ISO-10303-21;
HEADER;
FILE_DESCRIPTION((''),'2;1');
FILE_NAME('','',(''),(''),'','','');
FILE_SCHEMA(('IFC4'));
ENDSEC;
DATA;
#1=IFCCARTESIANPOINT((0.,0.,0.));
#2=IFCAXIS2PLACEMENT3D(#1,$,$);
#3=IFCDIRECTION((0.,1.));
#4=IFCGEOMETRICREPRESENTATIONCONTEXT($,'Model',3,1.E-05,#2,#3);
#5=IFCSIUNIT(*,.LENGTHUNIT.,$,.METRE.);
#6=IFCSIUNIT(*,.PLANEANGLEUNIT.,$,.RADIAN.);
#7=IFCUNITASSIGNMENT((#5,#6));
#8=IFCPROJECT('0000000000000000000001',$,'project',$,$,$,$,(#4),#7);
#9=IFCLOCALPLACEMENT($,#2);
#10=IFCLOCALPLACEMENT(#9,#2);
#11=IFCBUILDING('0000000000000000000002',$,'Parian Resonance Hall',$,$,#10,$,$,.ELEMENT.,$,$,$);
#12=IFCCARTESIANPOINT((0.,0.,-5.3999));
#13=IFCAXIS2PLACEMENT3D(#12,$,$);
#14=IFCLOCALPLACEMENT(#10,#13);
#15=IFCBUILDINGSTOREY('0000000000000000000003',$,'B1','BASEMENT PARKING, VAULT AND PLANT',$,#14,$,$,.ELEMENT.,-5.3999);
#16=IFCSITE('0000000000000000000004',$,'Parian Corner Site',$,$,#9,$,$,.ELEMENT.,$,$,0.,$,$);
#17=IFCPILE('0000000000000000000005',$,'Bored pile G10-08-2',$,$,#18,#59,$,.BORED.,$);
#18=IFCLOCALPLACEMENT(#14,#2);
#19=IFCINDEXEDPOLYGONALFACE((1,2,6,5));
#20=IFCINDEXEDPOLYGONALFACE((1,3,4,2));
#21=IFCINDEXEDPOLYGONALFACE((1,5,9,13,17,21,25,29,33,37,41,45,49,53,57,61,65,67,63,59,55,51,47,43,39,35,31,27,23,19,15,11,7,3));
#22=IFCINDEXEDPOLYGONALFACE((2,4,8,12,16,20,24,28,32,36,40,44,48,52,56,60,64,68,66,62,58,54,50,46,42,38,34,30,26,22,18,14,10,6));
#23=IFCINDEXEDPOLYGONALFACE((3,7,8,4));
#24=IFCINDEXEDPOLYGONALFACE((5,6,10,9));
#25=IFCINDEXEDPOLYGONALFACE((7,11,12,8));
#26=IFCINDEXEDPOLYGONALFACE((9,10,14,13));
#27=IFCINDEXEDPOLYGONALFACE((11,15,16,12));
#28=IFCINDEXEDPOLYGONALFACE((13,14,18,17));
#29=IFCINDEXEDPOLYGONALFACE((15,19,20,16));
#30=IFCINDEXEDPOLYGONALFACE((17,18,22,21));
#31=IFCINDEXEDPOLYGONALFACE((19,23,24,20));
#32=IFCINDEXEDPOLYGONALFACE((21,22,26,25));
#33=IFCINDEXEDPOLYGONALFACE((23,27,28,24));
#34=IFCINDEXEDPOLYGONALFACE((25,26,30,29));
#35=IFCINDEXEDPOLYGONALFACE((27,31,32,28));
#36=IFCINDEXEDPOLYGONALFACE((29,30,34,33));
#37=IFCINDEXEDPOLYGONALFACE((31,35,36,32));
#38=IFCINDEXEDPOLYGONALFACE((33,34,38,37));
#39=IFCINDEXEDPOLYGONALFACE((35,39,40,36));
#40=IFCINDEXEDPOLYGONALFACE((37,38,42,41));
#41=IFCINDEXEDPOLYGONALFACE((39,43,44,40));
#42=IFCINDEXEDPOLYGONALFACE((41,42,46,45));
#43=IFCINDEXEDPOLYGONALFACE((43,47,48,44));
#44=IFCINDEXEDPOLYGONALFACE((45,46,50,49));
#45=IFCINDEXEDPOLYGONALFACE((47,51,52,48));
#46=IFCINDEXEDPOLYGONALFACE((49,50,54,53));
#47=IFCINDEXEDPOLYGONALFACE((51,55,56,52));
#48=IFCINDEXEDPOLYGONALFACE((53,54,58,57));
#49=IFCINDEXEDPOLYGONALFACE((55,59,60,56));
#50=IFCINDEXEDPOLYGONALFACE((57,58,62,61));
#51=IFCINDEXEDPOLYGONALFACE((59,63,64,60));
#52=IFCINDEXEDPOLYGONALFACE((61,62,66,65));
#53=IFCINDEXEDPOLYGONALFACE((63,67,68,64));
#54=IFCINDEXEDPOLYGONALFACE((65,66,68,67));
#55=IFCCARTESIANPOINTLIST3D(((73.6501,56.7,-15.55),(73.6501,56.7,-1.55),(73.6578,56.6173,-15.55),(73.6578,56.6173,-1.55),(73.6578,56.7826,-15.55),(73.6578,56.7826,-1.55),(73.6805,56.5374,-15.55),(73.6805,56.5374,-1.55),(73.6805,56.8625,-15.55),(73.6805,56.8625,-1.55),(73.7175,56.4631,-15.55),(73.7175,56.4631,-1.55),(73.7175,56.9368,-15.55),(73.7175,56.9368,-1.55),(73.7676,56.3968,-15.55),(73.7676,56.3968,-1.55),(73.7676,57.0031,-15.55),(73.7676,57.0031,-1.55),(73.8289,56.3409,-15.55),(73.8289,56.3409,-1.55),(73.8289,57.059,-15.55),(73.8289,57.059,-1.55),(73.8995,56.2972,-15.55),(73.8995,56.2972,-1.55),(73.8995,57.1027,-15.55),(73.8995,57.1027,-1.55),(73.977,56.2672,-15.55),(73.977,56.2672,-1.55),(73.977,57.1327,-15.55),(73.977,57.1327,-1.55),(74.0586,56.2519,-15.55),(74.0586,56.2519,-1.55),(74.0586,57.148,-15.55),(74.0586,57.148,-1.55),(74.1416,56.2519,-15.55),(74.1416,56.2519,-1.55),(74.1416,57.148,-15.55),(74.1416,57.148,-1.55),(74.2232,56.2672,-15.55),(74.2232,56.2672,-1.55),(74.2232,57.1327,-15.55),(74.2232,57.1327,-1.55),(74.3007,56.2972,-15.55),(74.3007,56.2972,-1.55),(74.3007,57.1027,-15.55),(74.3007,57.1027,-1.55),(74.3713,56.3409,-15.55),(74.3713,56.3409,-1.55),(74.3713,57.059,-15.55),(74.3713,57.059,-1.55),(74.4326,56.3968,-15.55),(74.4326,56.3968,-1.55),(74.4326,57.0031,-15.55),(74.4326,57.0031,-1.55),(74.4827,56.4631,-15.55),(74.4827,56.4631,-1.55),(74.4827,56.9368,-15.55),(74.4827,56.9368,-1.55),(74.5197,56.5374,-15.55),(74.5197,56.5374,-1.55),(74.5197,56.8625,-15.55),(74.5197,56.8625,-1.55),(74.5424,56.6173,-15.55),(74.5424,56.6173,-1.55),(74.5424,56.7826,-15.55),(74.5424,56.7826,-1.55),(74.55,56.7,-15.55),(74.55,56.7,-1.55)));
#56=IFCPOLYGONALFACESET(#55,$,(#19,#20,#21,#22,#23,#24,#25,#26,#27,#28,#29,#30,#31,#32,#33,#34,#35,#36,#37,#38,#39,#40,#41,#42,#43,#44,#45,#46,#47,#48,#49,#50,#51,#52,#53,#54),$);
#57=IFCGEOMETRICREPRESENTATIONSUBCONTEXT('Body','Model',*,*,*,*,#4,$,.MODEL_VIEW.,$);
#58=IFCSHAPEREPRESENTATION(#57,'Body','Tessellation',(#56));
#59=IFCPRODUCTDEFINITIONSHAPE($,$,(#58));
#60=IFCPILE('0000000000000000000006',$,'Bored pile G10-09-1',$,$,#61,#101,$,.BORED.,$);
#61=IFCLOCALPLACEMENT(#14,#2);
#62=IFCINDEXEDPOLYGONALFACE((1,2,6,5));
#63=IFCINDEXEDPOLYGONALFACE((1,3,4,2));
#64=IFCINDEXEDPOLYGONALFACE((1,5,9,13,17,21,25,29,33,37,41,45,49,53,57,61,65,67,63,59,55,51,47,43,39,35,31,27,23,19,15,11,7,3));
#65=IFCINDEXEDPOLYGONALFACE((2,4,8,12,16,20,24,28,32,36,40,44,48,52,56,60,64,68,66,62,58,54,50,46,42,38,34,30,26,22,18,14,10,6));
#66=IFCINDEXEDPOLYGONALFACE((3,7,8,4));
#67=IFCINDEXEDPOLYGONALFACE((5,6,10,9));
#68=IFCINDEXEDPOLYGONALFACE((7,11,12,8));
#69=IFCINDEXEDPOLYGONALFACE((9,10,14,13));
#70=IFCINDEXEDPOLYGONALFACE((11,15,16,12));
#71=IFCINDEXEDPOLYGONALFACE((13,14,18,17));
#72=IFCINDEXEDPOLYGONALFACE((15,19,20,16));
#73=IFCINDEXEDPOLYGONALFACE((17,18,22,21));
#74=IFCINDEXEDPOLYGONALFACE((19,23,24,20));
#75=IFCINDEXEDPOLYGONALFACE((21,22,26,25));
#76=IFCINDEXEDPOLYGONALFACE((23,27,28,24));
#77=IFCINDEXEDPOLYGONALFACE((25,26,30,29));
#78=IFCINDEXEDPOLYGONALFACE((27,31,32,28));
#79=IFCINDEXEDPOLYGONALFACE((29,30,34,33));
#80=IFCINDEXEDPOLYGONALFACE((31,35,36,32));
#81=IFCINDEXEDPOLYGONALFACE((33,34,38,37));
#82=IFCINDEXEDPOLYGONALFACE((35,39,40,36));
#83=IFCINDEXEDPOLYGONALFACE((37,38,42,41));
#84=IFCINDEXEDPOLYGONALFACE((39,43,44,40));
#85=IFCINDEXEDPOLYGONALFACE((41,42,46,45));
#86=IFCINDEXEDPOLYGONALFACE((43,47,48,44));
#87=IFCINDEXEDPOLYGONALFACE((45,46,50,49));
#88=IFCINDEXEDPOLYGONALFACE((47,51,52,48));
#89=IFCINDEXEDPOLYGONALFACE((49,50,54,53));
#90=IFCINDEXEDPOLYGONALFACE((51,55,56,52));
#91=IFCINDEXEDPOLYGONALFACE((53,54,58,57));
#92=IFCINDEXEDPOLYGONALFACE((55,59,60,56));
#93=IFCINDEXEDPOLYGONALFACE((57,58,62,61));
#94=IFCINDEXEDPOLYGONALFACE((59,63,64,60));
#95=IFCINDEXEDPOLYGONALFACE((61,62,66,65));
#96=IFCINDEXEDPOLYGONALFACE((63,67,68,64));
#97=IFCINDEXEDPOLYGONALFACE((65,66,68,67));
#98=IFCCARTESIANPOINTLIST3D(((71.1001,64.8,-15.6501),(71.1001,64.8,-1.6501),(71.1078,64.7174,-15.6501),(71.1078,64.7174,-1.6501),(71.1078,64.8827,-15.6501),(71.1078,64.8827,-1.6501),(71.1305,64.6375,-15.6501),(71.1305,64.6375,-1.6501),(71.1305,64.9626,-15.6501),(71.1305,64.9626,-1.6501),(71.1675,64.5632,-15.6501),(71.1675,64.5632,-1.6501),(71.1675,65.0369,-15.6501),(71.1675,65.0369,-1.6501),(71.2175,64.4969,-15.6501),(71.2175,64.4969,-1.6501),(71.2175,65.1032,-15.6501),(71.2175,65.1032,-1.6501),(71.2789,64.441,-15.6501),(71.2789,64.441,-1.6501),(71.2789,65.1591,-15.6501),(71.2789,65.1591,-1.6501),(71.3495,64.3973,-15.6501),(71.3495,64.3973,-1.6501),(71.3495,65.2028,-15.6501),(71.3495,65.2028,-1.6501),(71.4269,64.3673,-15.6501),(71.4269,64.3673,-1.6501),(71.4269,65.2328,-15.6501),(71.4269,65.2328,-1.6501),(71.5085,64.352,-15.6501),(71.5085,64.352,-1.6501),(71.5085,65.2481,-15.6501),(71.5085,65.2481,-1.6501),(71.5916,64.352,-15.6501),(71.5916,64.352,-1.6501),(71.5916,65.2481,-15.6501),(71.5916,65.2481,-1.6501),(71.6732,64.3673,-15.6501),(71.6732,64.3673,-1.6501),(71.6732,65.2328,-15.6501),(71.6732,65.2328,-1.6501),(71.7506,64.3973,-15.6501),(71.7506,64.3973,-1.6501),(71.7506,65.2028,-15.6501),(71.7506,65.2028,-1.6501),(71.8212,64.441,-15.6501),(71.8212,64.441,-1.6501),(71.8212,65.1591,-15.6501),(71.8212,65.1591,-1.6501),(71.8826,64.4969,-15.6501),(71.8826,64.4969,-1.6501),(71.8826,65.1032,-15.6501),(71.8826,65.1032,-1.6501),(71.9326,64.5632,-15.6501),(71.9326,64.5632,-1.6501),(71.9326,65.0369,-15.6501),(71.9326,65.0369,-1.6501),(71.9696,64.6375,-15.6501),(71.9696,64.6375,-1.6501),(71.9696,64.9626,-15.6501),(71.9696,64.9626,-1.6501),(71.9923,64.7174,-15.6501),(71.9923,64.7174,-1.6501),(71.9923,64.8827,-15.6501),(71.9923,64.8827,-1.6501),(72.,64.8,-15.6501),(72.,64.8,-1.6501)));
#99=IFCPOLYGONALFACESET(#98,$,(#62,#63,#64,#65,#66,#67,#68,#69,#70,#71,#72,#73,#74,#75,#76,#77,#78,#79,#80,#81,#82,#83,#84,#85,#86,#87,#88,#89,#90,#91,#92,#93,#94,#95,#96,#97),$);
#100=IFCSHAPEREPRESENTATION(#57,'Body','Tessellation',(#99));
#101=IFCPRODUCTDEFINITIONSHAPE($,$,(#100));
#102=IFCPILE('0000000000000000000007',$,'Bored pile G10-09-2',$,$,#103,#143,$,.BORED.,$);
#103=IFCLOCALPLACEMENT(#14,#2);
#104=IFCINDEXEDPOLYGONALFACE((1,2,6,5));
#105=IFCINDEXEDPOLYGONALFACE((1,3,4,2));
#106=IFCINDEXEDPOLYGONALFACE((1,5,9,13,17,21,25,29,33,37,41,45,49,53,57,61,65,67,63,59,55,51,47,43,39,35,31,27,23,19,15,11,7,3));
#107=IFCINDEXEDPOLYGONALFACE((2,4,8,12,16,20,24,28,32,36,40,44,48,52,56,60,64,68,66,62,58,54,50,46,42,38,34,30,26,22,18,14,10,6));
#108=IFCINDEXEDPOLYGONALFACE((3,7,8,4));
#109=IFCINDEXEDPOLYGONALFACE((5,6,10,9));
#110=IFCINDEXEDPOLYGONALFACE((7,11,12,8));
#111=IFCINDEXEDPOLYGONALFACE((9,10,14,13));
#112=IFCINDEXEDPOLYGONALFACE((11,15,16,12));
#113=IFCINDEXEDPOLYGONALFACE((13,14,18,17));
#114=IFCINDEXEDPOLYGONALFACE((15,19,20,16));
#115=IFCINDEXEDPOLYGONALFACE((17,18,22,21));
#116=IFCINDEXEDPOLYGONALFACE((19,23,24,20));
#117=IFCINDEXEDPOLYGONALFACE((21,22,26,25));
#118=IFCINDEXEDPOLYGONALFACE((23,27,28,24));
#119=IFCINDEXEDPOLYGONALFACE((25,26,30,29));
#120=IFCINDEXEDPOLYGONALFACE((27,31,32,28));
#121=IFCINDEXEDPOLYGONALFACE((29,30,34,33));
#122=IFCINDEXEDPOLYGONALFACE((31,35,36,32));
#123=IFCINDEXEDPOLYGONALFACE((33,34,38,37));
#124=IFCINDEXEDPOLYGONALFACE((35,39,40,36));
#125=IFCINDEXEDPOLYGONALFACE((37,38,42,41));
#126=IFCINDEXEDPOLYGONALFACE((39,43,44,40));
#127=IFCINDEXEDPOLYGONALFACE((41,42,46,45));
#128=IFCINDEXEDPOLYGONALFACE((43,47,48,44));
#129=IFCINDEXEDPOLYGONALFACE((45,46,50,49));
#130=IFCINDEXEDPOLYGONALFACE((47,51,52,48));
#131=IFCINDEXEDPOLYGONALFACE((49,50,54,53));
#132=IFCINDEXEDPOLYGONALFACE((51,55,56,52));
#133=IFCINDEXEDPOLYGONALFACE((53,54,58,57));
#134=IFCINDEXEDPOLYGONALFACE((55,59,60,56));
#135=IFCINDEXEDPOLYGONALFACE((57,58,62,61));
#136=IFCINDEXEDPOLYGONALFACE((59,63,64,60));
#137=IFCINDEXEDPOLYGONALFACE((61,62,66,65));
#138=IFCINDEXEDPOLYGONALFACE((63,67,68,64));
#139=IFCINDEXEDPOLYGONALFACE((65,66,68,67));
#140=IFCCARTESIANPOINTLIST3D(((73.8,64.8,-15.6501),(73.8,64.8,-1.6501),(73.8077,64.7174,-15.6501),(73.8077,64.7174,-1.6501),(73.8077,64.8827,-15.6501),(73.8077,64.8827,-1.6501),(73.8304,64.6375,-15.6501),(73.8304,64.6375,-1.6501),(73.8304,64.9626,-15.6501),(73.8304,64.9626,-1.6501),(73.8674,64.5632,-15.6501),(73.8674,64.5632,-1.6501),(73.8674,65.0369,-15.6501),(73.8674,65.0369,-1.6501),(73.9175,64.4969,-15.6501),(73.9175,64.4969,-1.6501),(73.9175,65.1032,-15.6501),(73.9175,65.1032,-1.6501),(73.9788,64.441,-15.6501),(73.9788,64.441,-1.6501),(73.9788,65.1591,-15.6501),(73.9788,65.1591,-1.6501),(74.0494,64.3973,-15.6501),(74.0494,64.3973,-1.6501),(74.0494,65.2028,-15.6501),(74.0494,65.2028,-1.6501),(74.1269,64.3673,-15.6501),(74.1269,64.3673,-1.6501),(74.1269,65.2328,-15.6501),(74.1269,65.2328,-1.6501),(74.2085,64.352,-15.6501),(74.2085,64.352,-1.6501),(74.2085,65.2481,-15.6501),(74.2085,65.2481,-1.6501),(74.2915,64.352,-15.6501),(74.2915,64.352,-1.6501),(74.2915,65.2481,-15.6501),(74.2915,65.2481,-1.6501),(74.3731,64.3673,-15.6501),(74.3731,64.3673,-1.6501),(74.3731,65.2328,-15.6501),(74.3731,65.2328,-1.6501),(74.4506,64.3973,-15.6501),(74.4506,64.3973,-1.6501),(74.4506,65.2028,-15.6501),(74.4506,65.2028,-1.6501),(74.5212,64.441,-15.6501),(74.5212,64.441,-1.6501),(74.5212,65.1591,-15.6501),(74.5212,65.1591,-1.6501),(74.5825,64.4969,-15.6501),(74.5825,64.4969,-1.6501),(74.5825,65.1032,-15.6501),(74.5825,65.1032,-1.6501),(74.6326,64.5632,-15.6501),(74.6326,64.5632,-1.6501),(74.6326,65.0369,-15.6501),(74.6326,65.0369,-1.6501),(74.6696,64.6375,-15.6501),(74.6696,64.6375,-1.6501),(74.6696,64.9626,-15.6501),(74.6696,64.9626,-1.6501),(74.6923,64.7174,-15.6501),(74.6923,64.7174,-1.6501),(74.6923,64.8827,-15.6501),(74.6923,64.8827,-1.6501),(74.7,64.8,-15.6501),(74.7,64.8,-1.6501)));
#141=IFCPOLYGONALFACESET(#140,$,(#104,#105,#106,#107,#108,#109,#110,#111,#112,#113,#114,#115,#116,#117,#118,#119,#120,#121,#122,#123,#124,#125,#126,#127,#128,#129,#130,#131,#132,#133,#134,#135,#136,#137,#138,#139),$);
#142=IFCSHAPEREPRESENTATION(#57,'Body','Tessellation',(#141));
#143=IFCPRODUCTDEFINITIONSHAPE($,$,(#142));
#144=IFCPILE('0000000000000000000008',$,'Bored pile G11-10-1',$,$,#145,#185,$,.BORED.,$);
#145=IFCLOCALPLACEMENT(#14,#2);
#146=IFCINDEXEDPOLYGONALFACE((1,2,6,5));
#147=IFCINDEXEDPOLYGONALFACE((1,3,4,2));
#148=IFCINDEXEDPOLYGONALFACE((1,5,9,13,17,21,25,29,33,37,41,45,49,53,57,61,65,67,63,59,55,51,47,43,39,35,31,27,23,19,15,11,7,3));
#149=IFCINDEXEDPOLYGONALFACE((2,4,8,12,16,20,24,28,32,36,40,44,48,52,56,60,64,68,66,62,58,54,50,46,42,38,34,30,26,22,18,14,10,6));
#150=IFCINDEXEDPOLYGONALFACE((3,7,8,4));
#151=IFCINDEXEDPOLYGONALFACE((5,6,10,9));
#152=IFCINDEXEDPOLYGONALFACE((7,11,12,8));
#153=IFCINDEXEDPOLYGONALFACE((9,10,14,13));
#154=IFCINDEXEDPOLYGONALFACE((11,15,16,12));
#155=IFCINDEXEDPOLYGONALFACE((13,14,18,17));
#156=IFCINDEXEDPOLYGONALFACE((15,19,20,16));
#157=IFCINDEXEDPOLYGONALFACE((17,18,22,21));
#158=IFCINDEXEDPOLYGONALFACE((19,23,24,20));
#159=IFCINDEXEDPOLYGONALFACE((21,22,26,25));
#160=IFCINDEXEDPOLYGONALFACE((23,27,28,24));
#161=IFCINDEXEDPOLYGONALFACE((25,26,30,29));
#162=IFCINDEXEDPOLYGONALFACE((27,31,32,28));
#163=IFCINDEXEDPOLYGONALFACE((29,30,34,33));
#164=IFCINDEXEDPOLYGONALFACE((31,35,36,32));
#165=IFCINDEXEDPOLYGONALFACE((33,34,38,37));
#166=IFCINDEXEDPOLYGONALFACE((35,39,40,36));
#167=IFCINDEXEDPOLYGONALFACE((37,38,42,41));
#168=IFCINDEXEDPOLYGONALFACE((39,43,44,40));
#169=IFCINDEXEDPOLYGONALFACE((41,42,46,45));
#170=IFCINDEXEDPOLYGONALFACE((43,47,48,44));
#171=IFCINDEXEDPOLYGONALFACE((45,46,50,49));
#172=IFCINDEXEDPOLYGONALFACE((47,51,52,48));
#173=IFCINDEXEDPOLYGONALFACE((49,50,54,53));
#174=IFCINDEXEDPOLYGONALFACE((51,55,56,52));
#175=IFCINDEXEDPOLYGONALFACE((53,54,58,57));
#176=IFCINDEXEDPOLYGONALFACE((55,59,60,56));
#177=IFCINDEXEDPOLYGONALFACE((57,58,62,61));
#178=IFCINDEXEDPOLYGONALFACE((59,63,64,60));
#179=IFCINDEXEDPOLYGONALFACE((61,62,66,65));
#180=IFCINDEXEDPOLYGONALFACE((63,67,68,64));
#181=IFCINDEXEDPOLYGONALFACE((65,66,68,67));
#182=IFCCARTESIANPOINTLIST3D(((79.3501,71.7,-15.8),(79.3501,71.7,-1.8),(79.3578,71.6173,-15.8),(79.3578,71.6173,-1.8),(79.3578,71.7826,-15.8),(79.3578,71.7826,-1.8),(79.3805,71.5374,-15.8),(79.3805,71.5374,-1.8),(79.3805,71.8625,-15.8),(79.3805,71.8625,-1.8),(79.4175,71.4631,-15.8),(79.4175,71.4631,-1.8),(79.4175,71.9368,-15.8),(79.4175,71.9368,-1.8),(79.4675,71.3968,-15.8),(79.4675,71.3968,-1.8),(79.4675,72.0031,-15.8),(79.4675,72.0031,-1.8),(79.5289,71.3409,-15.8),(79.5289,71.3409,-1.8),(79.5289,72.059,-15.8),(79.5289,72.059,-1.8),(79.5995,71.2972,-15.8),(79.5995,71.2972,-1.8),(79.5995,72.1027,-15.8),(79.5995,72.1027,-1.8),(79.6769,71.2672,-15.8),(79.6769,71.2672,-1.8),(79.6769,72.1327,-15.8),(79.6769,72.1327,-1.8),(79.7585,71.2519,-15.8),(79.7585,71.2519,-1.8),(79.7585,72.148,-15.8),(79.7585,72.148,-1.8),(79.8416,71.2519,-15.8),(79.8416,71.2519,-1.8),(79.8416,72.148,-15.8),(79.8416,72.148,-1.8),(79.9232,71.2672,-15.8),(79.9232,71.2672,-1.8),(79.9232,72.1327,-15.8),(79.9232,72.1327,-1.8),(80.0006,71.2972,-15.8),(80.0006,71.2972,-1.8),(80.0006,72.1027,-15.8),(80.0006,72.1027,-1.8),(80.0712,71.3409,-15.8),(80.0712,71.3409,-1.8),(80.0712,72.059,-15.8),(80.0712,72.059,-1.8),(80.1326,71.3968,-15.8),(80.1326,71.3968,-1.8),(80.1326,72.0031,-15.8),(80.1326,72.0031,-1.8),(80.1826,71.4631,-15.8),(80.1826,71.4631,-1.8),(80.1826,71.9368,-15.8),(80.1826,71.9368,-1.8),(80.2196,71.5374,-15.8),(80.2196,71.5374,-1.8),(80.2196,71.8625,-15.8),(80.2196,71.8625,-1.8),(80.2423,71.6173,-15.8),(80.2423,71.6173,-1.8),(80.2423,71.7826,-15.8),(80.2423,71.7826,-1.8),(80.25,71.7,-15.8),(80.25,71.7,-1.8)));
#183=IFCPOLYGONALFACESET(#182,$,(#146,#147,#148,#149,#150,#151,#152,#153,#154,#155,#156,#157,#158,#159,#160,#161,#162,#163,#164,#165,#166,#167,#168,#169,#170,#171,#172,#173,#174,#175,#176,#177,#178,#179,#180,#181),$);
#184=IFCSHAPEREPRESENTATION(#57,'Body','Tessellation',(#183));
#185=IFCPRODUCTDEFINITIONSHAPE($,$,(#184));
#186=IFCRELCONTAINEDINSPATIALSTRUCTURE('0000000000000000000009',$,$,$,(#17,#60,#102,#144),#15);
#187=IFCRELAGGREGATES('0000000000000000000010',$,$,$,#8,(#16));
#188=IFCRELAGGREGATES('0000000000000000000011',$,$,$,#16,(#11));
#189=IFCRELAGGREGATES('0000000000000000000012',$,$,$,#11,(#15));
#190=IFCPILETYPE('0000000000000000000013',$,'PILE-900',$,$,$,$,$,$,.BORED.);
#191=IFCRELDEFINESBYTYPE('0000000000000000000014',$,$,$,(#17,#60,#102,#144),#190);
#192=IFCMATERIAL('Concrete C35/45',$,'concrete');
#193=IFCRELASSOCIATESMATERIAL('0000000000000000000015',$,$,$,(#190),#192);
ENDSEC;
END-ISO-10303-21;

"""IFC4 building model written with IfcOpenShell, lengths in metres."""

from ifc_helpers import new_model, si_unit, direction, frame, origin, origin_2d, place, context, subcontext, project, spatial, circle, extrude, material, material_profile, profile_set, type_object, element, save


model = new_model("IFC4")

# Units and contexts
model_context = context("Model", 3, precision=1e-05, world=origin(), true_north=direction((0.0, 1.0)))
body_context = subcontext(model_context, "Body", "Model", "MODEL_VIEW")
ifc_project = project(units=[si_unit("LENGTHUNIT", "METRE"), si_unit("PLANEANGLEUNIT", "RADIAN")], contexts=[model_context])

# Site, building, storey
site_placement = place(None, origin())
site = spatial("IfcSite", under=ifc_project, at=site_placement, Name="Parian Corner Site", CompositionType="ELEMENT", RefElevation=0.0)
building_placement = place(site_placement, origin())
building = spatial("IfcBuilding", under=site, at=building_placement, Name="Parian Resonance Hall", CompositionType="ELEMENT")
storey_placement = place(building_placement, frame((0.0, 0.0, -5.3999)))
storey = spatial("IfcBuildingStorey", under=building, at=storey_placement, Name="B1", Description="BASEMENT PARKING, VAULT AND PLANT", CompositionType="ELEMENT", Elevation=-5.3999)

# Piles
ifc_material_1 = material(Name="Concrete C35/45", Category="concrete")
ifc_material_profile_1 = material_profile(ifc_material_1, circle(Radius=0.45, at=origin_2d()), Name="PILE-D900")
ifc_profile_set_1 = profile_set([ifc_material_profile_1], Name="Concrete C35/45")
pile_type_1 = type_object("IfcPileType", Name="PILE-900", PredefinedType="BORED", material=ifc_profile_set_1)
for number, where, z_axis, x_axis, name in (
    (1, (74.1001, 56.7, -1.55), (0.0, 0.0, -1.0), (1.0, 0.0, 0.0), "Bored pile G10-08-2"),
    (2, (71.55, 64.8, -1.6501), (0.0, 0.0, -1.0), (1.0, 0.0, 0.0), "Bored pile G10-09-1"),
    (3, (74.25, 64.8, -1.6501), (0.0, 0.0, -1.0), (1.0, 0.0, 0.0), "Bored pile G10-09-2"),
    (4, (79.8, 71.7, -1.8), (0.0, 0.0, -1.0), (1.0, 0.0, 0.0), "Bored pile G11-10-1"),
):
    element("IfcPile", number, at=place(storey_placement, frame(where, z_axis=z_axis, x_axis=x_axis)), inside=storey, type_object=pile_type_1, Name=name, PredefinedType="BORED", context=body_context, shape_type="SweptSolid", body=[
        extrude(circle(Radius=0.45, at=origin_2d()), origin(), (0.0, 0.0, 1.0), 14.0),
    ])

save(model, "model.ifc")
